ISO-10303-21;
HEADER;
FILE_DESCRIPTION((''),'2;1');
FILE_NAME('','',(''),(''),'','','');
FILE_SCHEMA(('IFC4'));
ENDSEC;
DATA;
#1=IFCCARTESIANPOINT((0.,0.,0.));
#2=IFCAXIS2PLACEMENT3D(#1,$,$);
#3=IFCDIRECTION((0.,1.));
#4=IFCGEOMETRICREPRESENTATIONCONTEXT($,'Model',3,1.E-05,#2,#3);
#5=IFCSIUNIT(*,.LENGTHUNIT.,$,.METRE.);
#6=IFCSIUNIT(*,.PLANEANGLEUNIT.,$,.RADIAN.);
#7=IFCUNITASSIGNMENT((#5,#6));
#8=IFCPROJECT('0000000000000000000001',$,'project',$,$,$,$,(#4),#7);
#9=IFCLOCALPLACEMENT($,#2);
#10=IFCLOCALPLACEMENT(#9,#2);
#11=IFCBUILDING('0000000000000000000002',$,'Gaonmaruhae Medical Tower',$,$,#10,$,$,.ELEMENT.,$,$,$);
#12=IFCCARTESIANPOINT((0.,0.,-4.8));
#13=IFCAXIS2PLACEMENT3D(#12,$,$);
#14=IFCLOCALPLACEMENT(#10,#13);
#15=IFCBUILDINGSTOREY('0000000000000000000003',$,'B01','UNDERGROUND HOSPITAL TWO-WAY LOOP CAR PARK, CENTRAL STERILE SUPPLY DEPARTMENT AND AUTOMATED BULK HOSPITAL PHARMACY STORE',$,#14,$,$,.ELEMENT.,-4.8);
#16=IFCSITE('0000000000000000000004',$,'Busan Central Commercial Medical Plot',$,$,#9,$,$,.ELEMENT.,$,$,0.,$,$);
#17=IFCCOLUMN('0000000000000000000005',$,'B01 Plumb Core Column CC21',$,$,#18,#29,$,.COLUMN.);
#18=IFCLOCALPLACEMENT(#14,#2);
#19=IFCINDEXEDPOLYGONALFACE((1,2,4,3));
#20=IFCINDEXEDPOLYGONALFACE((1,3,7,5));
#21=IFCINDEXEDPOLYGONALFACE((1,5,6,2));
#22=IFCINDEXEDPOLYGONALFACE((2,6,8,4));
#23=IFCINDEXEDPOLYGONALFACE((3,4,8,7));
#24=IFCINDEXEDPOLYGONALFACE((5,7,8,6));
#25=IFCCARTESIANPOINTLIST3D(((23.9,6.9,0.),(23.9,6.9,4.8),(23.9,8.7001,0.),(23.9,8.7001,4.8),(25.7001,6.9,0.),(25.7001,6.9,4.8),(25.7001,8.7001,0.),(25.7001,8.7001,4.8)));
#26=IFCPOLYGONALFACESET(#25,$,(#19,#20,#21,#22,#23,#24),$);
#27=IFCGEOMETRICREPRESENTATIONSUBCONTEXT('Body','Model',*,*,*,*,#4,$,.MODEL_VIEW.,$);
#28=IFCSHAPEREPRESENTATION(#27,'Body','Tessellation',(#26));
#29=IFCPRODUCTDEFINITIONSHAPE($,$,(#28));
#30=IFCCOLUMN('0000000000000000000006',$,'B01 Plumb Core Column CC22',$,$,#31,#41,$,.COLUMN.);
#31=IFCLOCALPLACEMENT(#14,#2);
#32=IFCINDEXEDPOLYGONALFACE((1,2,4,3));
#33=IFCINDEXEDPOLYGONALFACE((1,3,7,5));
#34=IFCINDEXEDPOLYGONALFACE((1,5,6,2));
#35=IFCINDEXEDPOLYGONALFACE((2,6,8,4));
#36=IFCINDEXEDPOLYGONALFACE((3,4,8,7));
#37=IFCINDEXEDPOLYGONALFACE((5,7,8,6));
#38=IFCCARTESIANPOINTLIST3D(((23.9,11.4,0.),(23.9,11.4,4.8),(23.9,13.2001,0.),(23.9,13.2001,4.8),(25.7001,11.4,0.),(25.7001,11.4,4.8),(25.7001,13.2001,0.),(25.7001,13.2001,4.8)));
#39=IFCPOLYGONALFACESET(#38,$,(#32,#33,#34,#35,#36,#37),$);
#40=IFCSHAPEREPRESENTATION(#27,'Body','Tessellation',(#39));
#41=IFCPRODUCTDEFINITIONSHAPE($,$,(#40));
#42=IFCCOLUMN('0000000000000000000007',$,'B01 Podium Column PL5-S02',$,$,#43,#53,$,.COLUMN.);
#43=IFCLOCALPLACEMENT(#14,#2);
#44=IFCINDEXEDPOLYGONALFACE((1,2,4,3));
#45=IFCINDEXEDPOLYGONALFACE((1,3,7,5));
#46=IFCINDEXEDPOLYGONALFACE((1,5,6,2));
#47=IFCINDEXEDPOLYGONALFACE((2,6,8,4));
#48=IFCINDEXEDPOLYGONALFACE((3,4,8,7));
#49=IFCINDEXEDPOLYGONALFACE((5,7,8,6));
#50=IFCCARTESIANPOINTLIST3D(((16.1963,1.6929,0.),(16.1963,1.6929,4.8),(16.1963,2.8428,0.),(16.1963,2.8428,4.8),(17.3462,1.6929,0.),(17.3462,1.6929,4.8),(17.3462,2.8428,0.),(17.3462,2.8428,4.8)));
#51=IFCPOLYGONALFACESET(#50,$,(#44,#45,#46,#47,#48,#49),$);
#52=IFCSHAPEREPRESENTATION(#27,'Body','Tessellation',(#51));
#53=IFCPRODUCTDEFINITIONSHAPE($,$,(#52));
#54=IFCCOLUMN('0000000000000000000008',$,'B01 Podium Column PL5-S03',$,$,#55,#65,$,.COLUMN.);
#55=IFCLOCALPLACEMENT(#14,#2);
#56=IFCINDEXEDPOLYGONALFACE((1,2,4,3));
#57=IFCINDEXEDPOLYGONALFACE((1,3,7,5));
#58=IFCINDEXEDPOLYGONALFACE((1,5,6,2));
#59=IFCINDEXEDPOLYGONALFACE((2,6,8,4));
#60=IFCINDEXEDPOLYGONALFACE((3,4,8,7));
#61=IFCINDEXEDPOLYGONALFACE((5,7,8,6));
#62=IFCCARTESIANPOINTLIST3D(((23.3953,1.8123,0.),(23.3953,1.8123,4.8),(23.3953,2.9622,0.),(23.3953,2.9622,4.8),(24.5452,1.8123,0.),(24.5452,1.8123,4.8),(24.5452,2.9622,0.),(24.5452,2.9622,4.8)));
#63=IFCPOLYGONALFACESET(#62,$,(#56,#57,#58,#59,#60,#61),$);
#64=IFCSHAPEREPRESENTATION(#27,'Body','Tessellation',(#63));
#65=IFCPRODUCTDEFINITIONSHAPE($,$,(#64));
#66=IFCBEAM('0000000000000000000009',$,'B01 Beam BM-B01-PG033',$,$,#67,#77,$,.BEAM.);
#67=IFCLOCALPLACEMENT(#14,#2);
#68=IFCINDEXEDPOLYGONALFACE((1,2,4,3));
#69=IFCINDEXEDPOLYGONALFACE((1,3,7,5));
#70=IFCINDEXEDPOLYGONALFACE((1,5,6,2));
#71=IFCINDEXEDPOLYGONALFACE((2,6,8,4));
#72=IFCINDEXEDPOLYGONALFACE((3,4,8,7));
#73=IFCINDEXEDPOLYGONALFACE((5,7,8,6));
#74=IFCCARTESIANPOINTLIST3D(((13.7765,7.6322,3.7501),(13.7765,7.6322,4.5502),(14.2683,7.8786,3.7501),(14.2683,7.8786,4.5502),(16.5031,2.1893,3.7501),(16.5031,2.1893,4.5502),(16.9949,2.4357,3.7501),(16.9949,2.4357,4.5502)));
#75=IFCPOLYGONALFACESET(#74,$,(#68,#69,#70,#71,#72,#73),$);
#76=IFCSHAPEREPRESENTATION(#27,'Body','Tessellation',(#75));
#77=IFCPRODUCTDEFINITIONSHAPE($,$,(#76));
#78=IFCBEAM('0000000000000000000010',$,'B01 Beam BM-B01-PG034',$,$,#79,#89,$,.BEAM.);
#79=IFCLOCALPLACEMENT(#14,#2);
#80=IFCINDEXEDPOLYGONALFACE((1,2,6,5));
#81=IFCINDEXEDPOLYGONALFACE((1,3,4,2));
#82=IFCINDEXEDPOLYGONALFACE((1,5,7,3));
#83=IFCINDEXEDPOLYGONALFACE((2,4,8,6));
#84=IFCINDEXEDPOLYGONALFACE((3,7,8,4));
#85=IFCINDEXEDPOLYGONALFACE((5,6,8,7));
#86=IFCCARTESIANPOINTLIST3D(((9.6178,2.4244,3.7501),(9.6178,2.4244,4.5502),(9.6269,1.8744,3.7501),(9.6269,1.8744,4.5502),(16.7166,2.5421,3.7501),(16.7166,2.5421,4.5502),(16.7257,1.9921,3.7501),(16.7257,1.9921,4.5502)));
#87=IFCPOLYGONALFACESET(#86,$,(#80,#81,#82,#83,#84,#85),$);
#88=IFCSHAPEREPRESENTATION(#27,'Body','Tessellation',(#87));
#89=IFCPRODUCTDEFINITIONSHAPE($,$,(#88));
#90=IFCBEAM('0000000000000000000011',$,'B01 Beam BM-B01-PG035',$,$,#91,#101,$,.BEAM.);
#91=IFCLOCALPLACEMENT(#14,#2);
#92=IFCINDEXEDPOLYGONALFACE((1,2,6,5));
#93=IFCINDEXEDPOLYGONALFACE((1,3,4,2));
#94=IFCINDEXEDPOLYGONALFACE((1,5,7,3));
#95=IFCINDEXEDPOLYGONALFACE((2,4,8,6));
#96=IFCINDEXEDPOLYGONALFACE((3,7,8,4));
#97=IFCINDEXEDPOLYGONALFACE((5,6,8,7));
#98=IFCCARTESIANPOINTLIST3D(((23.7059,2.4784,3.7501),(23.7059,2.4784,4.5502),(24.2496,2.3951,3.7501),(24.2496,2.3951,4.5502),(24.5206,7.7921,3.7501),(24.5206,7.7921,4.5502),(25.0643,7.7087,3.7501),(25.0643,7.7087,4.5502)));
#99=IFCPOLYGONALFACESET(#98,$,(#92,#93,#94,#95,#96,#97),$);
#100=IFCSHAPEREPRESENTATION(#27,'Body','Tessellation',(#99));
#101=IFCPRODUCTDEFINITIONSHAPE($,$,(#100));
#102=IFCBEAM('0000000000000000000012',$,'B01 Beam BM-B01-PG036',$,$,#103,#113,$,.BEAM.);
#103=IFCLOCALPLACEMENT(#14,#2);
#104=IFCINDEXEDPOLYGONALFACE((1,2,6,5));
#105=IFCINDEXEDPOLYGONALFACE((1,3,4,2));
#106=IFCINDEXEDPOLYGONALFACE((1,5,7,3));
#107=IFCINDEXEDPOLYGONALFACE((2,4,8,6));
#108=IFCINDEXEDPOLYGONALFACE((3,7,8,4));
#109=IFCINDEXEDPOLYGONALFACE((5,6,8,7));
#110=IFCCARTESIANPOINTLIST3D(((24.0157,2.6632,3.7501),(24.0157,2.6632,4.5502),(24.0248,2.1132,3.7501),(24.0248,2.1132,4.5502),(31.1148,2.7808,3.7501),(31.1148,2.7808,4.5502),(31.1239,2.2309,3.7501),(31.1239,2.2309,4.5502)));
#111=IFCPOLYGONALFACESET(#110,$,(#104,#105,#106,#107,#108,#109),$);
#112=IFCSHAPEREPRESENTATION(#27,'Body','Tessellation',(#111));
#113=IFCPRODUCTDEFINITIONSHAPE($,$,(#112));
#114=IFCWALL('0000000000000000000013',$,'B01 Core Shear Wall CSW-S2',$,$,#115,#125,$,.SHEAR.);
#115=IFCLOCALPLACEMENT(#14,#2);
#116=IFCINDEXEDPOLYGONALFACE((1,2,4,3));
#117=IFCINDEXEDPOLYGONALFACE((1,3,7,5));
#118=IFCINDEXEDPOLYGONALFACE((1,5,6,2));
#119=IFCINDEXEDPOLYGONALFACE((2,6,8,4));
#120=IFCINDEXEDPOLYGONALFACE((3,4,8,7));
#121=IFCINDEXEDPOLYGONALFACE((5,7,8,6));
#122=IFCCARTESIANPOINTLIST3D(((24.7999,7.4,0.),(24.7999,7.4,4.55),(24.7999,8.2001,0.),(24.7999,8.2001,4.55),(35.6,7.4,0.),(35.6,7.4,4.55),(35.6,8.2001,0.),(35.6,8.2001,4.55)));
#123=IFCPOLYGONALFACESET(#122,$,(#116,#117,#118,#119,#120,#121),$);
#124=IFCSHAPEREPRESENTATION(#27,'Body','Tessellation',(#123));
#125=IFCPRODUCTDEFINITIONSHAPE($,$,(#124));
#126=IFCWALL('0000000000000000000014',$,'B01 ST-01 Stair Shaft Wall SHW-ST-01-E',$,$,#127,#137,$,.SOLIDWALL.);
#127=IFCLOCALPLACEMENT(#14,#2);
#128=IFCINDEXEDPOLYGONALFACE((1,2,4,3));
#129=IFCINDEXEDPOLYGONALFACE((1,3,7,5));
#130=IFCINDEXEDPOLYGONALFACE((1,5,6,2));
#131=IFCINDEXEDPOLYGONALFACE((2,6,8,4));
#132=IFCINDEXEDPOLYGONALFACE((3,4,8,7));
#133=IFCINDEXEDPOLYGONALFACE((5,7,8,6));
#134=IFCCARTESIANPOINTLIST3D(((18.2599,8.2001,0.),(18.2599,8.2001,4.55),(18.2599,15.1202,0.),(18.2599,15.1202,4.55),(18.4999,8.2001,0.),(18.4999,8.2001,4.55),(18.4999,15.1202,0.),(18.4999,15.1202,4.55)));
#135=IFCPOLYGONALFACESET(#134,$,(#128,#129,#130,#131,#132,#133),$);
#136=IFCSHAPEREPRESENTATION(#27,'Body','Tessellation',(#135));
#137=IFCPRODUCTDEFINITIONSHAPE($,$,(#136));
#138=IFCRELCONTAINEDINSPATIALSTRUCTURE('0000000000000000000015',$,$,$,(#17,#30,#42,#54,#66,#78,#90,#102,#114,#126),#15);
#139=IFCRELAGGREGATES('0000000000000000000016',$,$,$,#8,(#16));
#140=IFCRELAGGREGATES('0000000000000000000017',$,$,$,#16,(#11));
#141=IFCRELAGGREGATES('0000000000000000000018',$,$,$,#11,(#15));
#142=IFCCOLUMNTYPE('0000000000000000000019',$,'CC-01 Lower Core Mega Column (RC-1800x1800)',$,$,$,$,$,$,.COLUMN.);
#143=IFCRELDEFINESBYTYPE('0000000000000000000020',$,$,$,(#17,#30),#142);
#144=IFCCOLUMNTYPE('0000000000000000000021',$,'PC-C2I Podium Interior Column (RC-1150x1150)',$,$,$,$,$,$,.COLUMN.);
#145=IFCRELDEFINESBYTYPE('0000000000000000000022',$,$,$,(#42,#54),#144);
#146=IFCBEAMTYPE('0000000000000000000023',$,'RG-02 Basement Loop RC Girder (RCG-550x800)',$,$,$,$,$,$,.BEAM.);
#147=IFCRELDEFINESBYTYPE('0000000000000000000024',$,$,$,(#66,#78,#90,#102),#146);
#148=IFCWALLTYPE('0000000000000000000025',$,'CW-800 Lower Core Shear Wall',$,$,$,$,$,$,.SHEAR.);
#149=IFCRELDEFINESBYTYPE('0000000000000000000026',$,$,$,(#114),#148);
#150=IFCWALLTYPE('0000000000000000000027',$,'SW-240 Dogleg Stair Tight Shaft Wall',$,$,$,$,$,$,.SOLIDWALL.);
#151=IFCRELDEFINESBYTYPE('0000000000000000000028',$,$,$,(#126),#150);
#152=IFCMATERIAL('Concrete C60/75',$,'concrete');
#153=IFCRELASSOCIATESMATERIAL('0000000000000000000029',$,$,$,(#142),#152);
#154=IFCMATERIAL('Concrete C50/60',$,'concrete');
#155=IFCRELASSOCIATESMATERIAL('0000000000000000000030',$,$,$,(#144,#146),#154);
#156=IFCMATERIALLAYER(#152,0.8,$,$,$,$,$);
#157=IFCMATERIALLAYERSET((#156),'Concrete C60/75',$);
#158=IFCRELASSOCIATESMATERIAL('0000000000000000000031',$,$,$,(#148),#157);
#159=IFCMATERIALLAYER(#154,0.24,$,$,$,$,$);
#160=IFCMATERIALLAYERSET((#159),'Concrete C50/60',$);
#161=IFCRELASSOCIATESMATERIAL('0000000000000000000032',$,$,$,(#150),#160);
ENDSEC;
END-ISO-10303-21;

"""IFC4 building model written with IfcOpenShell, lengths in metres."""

from ifc_helpers import new_model, si_unit, direction, frame, frame_2d, origin, origin_2d, place, context, subcontext, project, spatial, rectangle, extrude, material, layer, layer_set, material_profile, profile_set, type_object, element, save


model = new_model("IFC4")

# Units and contexts
model_context = context("Model", 3, precision=1e-05, world=origin(), true_north=direction((0.0, 1.0)))
body_context = subcontext(model_context, "Body", "Model", "MODEL_VIEW")
ifc_project = project(units=[si_unit("LENGTHUNIT", "METRE"), si_unit("PLANEANGLEUNIT", "RADIAN")], contexts=[model_context])

# Site, building, storey
site_placement = place(None, origin())
site = spatial("IfcSite", under=ifc_project, at=site_placement, Name="Busan Central Commercial Medical Plot", CompositionType="ELEMENT", RefElevation=0.0)
building_placement = place(site_placement, origin())
building = spatial("IfcBuilding", under=site, at=building_placement, Name="Gaonmaruhae Medical Tower", CompositionType="ELEMENT")
storey_placement = place(building_placement, frame((0.0, 0.0, -4.8)))
storey = spatial("IfcBuildingStorey", under=building, at=storey_placement, Name="B01", Description="UNDERGROUND HOSPITAL TWO-WAY LOOP CAR PARK, CENTRAL STERILE SUPPLY DEPARTMENT AND AUTOMATED BULK HOSPITAL PHARMACY STORE", CompositionType="ELEMENT", Elevation=-4.8)

# Columns
ifc_material_1 = material(Name="Concrete C60/75", Category="concrete")
ifc_material_profile_1 = material_profile(ifc_material_1, rectangle(XDim=1.8, YDim=1.8, at=origin_2d()), Name="RC-1800x1800")
ifc_profile_set_1 = profile_set([ifc_material_profile_1], Name="Concrete C60/75")
column_type_1 = type_object("IfcColumnType", Name="CC-01 Lower Core Mega Column (RC-1800x1800)", PredefinedType="COLUMN", material=ifc_profile_set_1)
for number, where, z_axis, x_axis, name in (
    (1, (24.8, 7.8, 0.0), (0.0, 0.0, 1.0), (1.0, 0.0, 0.0), "B01 Plumb Core Column CC21"),
    (2, (24.8, 12.3, 0.0), (0.0, 0.0, 1.0), (1.0, 0.0, 0.0), "B01 Plumb Core Column CC22"),
):
    element("IfcColumn", number, at=place(storey_placement, frame(where, z_axis=z_axis, x_axis=x_axis)), inside=storey, type_object=column_type_1, Name=name, PredefinedType="COLUMN", context=body_context, shape_type="SweptSolid", body=[
        extrude(rectangle(XDim=1.8, YDim=1.8, at=origin_2d()), origin(), (0.0, 0.0, 1.0), 4.8),
    ])
ifc_material_2 = material(Name="Concrete C50/60", Category="concrete")
ifc_material_profile_2 = material_profile(ifc_material_2, rectangle(XDim=1.1499, YDim=1.1499, at=origin_2d()), Name="RC-1150x1150")
ifc_profile_set_2 = profile_set([ifc_material_profile_2], Name="Concrete C50/60")
column_type_2 = type_object("IfcColumnType", Name="PC-C2I Podium Interior Column (RC-1150x1150)", PredefinedType="COLUMN", material=ifc_profile_set_2)
for number, where, z_axis, x_axis, name in (
    (3, (16.7712, 2.2678, 0.0), (0.0, 0.0, 1.0), (1.0, 0.0, 0.0), "B01 Podium Column PL5-S02"),
    (4, (23.9702, 2.3872, 0.0), (0.0, 0.0, 1.0), (1.0, 0.0, 0.0), "B01 Podium Column PL5-S03"),
):
    element("IfcColumn", number, at=place(storey_placement, frame(where, z_axis=z_axis, x_axis=x_axis)), inside=storey, type_object=column_type_2, Name=name, PredefinedType="COLUMN", context=body_context, shape_type="SweptSolid", body=[
        extrude(rectangle(XDim=1.1499, YDim=1.1499, at=origin_2d()), origin(), (0.0, 0.0, 1.0), 4.8),
    ])

# Beams
ifc_material_profile_3 = material_profile(ifc_material_2, rectangle(XDim=0.55, YDim=0.8, at=origin_2d()), Name="RCG-550x800")
ifc_profile_set_3 = profile_set([ifc_material_profile_3], Name="Concrete C50/60")
beam_type = type_object("IfcBeamType", Name="RG-02 Basement Loop RC Girder (RCG-550x800)", PredefinedType="BEAM", material=ifc_profile_set_3)
beam_1_placement = place(storey_placement, frame((16.749, 2.3125, 4.1501), z_axis=(-0.447887, 0.89409, 0.0), x_axis=(-0.89409, -0.447887, 0.0)))
element("IfcBeam", 5, at=beam_1_placement, inside=storey, type_object=beam_type, Name="B01 Beam BM-B01-PG033", PredefinedType="BEAM", context=body_context, shape_type="SweptSolid", body=[
    extrude(rectangle(XDim=0.55, YDim=0.8, at=origin_2d()), origin(), (0.0, 0.0, 1.0), 6.0876),
])
beam_2_placement = place(storey_placement, frame((16.7212, 2.2671, 4.1501), z_axis=(-0.999863, -0.016574, 0.0), x_axis=(0.016574, -0.999863, 0.0)))
element("IfcBeam", 6, at=beam_2_placement, inside=storey, type_object=beam_type, Name="B01 Beam BM-B01-PG034", PredefinedType="BEAM", context=body_context, shape_type="SweptSolid", body=[
    extrude(rectangle(XDim=0.55, YDim=0.8, at=origin_2d()), origin(), (0.0, 0.0, 1.0), 7.0999),
])
beam_3_placement = place(storey_placement, frame((23.9778, 2.4368, 4.1501), z_axis=(0.151549, 0.98845, 0.0), x_axis=(-0.98845, 0.151549, 0.0)))
element("IfcBeam", 7, at=beam_3_placement, inside=storey, type_object=beam_type, Name="B01 Beam BM-B01-PG035", PredefinedType="BEAM", context=body_context, shape_type="SweptSolid", body=[
    extrude(rectangle(XDim=0.55, YDim=0.8, at=origin_2d()), origin(), (0.0, 0.0, 1.0), 5.3757),
])
beam_4_placement = place(storey_placement, frame((24.0203, 2.3882, 4.1501), z_axis=(0.999863, 0.016574, 0.0), x_axis=(-0.016574, 0.999863, 0.0)))
element("IfcBeam", 8, at=beam_4_placement, inside=storey, type_object=beam_type, Name="B01 Beam BM-B01-PG036", PredefinedType="BEAM", context=body_context, shape_type="SweptSolid", body=[
    extrude(rectangle(XDim=0.55, YDim=0.8, at=origin_2d()), origin(), (0.0, 0.0, 1.0), 7.1001),
])

# Walls
ifc_layer_1 = layer(ifc_material_1, 0.8)
ifc_layer_set_1 = layer_set([ifc_layer_1], Name="Concrete C60/75")
wall_type_1 = type_object("IfcWallType", Name="CW-800 Lower Core Shear Wall", PredefinedType="SHEAR", material=ifc_layer_set_1)
wall_1_placement = place(storey_placement, frame((24.8, 7.8, 0.0), z_axis=(0.0, 0.0, 1.0), x_axis=(1.0, 0.0, 0.0)))
element("IfcWall", 9, at=wall_1_placement, inside=storey, type_object=wall_type_1, Name="B01 Core Shear Wall CSW-S2", PredefinedType="SHEAR", context=body_context, shape_type="SweptSolid", body=[
    extrude(rectangle(XDim=10.8, YDim=0.8, at=frame_2d((5.3999, 0.0))), origin(), (0.0, 0.0, 1.0), 4.55),
])
ifc_layer_2 = layer(ifc_material_2, 0.24)
ifc_layer_set_2 = layer_set([ifc_layer_2], Name="Concrete C50/60")
wall_type_2 = type_object("IfcWallType", Name="SW-240 Dogleg Stair Tight Shaft Wall", PredefinedType="SOLIDWALL", material=ifc_layer_set_2)
wall_2_placement = place(storey_placement, frame((18.3799, 15.1201, 0.0), z_axis=(0.0, 0.0, 1.0), x_axis=(0.0, -1.0, 0.0)))
element("IfcWall", 10, at=wall_2_placement, inside=storey, type_object=wall_type_2, Name="B01 ST-01 Stair Shaft Wall SHW-ST-01-E", PredefinedType="SOLIDWALL", context=body_context, shape_type="SweptSolid", body=[
    extrude(rectangle(XDim=6.9202, YDim=0.24, at=frame_2d((3.46, 0.0))), origin(), (0.0, 0.0, 1.0), 4.55),
])

save(model, "model.ifc")
